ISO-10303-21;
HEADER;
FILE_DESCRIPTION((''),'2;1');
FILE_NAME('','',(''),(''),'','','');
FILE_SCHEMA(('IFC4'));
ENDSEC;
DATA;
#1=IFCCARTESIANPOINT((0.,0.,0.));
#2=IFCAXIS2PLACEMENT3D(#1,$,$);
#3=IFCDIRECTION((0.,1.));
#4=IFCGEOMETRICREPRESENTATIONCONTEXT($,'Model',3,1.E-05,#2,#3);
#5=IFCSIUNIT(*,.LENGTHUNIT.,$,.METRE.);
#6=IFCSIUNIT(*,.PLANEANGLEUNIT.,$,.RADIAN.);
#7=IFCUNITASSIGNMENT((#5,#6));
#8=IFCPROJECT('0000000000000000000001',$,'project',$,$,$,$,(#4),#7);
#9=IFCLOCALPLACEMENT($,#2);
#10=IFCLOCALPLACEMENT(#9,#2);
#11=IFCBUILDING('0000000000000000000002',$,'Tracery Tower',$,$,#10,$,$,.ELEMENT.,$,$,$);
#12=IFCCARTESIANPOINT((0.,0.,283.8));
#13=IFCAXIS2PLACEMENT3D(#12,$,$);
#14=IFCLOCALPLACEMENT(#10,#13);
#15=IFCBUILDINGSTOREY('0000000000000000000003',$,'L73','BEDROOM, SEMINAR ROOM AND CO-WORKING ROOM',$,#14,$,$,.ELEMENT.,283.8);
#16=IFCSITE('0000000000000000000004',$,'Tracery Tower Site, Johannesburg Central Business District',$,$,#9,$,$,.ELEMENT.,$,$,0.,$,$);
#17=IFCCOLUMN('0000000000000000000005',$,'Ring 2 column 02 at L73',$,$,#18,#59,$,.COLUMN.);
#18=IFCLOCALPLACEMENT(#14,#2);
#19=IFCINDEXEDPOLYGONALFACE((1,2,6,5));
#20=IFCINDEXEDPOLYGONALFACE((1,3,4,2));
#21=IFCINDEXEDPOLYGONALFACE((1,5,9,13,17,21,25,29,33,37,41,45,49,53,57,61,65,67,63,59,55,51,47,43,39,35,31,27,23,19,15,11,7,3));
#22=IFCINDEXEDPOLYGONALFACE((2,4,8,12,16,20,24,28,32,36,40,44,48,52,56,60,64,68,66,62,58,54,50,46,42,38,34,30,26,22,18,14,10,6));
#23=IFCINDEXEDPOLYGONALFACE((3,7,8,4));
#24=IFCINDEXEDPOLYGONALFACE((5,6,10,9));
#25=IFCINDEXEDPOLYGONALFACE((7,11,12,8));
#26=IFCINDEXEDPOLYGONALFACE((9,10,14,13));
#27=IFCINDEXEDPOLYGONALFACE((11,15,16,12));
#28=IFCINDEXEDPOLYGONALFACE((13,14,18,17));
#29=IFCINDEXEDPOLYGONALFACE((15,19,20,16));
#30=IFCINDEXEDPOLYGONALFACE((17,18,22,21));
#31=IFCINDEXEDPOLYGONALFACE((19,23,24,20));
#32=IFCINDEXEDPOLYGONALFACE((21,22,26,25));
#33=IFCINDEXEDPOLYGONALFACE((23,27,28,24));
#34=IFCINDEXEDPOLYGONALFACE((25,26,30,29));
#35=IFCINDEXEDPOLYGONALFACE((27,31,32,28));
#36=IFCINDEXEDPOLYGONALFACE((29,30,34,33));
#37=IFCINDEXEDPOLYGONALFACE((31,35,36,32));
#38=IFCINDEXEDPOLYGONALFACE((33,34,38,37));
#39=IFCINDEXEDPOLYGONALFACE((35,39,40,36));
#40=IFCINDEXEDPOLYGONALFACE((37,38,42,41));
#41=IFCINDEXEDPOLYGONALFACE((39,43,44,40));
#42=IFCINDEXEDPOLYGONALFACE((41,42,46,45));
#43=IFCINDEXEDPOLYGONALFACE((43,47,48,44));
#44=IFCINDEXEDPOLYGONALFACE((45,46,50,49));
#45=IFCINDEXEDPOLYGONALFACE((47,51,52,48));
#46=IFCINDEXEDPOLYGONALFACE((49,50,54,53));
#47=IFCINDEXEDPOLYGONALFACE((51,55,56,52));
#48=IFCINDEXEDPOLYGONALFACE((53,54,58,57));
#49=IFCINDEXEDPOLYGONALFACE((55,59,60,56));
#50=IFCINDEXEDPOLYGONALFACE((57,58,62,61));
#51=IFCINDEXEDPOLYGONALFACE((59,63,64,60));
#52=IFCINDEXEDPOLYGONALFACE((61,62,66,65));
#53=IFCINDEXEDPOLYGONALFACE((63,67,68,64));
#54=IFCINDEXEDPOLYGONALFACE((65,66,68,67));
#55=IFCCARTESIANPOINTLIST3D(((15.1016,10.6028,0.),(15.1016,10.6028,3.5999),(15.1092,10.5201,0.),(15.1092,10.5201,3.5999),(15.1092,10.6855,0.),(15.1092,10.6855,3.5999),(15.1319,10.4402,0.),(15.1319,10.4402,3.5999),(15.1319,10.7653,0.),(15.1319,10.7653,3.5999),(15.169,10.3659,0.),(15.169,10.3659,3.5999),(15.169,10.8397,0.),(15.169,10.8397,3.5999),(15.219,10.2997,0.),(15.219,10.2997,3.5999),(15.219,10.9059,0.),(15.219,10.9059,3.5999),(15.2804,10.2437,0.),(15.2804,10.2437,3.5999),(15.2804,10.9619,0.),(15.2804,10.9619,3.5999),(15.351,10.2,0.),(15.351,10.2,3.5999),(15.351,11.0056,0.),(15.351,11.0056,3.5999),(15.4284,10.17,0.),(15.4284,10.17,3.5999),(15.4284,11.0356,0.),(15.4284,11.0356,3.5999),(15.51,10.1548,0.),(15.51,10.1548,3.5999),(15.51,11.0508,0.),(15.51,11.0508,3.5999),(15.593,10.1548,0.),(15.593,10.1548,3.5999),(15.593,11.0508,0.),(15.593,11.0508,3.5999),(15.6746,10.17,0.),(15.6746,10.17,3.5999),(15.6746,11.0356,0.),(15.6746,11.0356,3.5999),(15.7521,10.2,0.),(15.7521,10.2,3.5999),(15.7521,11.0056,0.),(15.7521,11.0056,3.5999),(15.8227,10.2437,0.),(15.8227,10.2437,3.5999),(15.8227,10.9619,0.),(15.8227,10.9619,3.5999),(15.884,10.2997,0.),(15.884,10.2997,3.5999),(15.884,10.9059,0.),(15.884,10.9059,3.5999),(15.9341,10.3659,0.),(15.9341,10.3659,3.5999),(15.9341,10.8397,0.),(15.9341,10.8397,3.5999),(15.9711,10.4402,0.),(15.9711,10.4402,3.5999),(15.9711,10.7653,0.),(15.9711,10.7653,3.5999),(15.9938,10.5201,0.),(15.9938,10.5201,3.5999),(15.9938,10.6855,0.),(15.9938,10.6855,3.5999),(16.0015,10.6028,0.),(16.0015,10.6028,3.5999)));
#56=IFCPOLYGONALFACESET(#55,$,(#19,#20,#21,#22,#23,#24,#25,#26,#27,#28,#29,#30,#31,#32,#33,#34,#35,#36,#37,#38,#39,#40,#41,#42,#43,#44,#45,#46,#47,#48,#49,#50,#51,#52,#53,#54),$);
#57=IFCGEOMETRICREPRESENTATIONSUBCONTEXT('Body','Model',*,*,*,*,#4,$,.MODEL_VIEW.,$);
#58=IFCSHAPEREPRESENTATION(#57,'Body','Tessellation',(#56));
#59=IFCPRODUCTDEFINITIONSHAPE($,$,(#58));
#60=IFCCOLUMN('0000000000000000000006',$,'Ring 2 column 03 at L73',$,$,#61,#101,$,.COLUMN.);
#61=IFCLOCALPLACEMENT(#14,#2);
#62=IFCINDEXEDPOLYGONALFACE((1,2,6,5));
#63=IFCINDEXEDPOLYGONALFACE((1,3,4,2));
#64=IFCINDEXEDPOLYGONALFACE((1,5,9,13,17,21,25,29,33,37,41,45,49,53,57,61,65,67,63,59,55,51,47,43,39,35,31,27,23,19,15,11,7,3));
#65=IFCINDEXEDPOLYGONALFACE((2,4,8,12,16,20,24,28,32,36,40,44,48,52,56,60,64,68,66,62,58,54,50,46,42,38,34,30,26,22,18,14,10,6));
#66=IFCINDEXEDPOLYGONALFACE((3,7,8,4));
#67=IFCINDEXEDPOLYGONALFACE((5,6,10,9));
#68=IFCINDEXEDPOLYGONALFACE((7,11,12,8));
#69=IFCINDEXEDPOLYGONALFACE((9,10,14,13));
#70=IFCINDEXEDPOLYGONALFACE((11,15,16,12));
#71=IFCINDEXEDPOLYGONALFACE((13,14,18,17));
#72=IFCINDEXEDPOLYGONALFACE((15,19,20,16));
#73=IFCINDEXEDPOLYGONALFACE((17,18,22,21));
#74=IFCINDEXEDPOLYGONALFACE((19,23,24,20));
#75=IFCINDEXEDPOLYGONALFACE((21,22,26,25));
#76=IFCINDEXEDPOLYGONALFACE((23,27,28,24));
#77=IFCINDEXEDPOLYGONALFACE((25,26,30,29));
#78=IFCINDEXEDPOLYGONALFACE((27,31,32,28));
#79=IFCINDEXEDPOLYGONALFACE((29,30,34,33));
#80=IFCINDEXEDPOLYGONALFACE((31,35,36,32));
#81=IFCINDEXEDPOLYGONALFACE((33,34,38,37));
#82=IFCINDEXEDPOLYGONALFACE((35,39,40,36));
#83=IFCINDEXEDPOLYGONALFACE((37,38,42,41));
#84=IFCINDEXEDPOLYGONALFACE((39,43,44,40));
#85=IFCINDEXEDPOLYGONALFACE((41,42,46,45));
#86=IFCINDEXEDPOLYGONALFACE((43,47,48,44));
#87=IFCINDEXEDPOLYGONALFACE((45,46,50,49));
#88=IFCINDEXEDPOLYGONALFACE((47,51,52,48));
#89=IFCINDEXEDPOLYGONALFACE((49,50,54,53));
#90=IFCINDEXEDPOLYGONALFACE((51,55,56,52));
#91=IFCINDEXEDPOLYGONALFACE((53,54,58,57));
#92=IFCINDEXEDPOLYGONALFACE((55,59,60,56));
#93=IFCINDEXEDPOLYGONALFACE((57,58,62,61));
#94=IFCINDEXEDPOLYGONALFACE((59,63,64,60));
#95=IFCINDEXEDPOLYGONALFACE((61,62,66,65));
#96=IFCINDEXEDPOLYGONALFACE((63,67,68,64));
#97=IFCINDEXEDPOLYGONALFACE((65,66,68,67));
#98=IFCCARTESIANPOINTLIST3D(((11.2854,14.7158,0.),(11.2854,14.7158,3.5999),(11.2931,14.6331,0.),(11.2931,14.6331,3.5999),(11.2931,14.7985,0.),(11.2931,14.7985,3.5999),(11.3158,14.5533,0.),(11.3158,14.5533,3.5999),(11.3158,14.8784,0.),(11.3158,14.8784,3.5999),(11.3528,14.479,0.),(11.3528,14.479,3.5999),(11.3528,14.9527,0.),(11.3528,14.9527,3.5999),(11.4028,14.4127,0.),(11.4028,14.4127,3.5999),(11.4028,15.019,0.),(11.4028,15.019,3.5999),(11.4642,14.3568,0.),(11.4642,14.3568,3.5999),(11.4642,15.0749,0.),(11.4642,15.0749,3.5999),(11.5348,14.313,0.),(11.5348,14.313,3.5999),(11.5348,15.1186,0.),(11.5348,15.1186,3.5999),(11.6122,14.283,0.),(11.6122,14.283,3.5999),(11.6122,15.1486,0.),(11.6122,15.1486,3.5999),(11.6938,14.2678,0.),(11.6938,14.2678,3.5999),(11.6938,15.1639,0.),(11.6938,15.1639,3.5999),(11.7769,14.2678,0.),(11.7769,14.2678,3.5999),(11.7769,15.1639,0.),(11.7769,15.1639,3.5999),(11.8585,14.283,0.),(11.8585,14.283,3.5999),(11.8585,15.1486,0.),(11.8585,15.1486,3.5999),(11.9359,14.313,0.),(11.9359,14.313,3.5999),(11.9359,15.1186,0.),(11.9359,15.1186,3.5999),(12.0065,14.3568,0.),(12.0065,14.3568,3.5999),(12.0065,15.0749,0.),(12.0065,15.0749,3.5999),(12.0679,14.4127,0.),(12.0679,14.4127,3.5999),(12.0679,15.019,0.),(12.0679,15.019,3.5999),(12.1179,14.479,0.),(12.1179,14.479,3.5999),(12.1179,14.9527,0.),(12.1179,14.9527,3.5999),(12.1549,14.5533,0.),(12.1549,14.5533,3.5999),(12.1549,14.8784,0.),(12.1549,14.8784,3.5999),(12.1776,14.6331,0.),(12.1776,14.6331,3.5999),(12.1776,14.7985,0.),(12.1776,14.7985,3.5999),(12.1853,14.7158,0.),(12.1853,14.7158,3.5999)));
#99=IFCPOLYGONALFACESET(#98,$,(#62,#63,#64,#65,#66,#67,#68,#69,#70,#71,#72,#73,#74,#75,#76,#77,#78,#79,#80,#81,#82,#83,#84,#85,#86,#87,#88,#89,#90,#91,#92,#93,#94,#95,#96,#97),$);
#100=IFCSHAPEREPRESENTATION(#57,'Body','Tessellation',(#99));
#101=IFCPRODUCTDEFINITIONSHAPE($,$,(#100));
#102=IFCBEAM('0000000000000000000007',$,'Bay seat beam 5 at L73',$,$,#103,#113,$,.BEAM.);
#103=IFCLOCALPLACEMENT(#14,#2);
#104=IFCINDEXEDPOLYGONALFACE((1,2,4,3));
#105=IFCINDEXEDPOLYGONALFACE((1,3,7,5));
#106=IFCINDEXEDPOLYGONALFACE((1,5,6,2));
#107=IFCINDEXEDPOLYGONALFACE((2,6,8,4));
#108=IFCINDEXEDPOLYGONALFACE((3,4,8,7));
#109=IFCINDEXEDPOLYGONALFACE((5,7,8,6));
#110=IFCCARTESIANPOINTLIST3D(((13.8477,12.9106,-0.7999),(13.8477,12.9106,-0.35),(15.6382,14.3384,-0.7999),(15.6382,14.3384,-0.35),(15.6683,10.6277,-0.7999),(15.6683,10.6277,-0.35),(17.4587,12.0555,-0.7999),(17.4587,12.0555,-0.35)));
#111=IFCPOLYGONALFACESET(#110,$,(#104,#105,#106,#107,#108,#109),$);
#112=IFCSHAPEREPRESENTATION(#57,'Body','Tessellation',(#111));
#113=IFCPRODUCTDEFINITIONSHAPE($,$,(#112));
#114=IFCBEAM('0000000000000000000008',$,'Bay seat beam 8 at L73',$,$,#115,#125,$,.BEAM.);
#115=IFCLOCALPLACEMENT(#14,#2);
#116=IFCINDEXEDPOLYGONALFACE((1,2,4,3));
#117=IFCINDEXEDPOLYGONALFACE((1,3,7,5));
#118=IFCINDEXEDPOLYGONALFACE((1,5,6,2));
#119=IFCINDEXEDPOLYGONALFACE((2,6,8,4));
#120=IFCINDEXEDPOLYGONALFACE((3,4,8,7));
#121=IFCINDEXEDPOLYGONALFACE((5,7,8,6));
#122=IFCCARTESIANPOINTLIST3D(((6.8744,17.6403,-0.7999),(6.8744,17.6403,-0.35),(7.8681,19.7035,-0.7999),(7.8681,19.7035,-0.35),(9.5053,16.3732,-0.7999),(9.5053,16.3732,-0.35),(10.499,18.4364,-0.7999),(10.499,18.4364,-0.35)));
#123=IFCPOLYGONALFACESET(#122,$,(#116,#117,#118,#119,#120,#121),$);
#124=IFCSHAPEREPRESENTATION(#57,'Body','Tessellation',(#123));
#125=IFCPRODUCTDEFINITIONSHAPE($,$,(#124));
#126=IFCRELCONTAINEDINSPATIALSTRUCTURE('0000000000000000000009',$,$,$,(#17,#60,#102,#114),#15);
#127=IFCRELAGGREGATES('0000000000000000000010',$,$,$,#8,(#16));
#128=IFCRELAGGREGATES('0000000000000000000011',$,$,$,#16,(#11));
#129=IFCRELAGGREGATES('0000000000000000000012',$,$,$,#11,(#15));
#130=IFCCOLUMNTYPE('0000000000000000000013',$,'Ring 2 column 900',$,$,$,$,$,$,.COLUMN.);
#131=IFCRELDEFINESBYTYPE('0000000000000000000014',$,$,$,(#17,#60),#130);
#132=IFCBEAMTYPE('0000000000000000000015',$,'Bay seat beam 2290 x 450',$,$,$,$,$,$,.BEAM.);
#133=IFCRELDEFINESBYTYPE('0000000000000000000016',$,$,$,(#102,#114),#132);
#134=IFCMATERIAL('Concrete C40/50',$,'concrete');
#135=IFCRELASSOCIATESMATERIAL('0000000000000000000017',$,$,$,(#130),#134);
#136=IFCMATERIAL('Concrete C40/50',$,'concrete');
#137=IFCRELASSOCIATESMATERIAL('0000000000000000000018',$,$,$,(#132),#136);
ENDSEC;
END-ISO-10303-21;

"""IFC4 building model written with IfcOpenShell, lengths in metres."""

from ifc_helpers import new_model, si_unit, direction, frame, origin, origin_2d, place, context, subcontext, project, spatial, rectangle, circle, extrude, material, material_profile, profile_set, type_object, element, save


model = new_model("IFC4")

# Units and contexts
model_context = context("Model", 3, precision=1e-05, world=origin(), true_north=direction((0.0, 1.0)))
body_context = subcontext(model_context, "Body", "Model", "MODEL_VIEW")
ifc_project = project(units=[si_unit("LENGTHUNIT", "METRE"), si_unit("PLANEANGLEUNIT", "RADIAN")], contexts=[model_context])

# Site, building, storey
site_placement = place(None, origin())
site = spatial("IfcSite", under=ifc_project, at=site_placement, Name="Tracery Tower Site, Johannesburg Central Business District", CompositionType="ELEMENT", RefElevation=0.0)
building_placement = place(site_placement, origin())
building = spatial("IfcBuilding", under=site, at=building_placement, Name="Tracery Tower", CompositionType="ELEMENT")
storey_placement = place(building_placement, frame((0.0, 0.0, 283.8)))
storey = spatial("IfcBuildingStorey", under=building, at=storey_placement, Name="L73", Description="BEDROOM, SEMINAR ROOM AND CO-WORKING ROOM", CompositionType="ELEMENT", Elevation=283.8)

# Columns
ifc_material_1 = material(Name="Concrete C40/50", Category="concrete")
ifc_material_profile_1 = material_profile(ifc_material_1, circle(Radius=0.45, at=origin_2d()), Name="RC D900")
ifc_profile_set_1 = profile_set([ifc_material_profile_1], Name="Concrete C40/50")
column_type = type_object("IfcColumnType", Name="Ring 2 column 900", PredefinedType="COLUMN", material=ifc_profile_set_1)
for number, where, z_axis, x_axis, name in (
    (1, (15.5515, 10.6028, 0.0), (0.0, 0.0, 1.0), (1.0, 0.0, 0.0), "Ring 2 column 02 at L73"),
    (2, (11.7354, 14.7158, 0.0), (0.0, 0.0, 1.0), (1.0, 0.0, 0.0), "Ring 2 column 03 at L73"),
):
    element("IfcColumn", number, at=place(storey_placement, frame(where, z_axis=z_axis, x_axis=x_axis)), inside=storey, type_object=column_type, Name=name, PredefinedType="COLUMN", context=body_context, shape_type="SweptSolid", body=[
        extrude(circle(Radius=0.45, at=origin_2d()), origin(), (0.0, 0.0, 1.0), 3.5999),
    ])

# Beams
ifc_material_2 = material(Name="Concrete C40/50", Category="concrete")
ifc_material_profile_2 = material_profile(ifc_material_2, rectangle(XDim=2.29, YDim=0.45, at=origin_2d()), Name="RC 2290x450")
ifc_profile_set_2 = profile_set([ifc_material_profile_2], Name="Concrete C40/50")
beam_type = type_object("IfcBeamType", Name="Bay seat beam 2290 x 450", PredefinedType="BEAM", material=ifc_profile_set_2)
beam_1_placement = place(storey_placement, frame((16.5635, 11.3416, -0.575), z_axis=(-0.623481, 0.781839, 0.0), x_axis=(-0.781839, -0.623481, 0.0)))
element("IfcBeam", 3, at=beam_1_placement, inside=storey, type_object=beam_type, Name="Bay seat beam 5 at L73", PredefinedType="BEAM", context=body_context, shape_type="SweptSolid", body=[
    extrude(rectangle(XDim=2.29, YDim=0.45, at=origin_2d()), origin(), (0.0, 0.0, 1.0), 2.9199),
])
beam_2_placement = place(storey_placement, frame((10.0022, 17.4048, -0.575), z_axis=(-0.900951, 0.433921, 0.0), x_axis=(-0.433921, -0.900951, 0.0)))
element("IfcBeam", 4, at=beam_2_placement, inside=storey, type_object=beam_type, Name="Bay seat beam 8 at L73", PredefinedType="BEAM", context=body_context, shape_type="SweptSolid", body=[
    extrude(rectangle(XDim=2.29, YDim=0.45, at=origin_2d()), origin(), (0.0, 0.0, 1.0), 2.9202),
])

save(model, "model.ifc")
